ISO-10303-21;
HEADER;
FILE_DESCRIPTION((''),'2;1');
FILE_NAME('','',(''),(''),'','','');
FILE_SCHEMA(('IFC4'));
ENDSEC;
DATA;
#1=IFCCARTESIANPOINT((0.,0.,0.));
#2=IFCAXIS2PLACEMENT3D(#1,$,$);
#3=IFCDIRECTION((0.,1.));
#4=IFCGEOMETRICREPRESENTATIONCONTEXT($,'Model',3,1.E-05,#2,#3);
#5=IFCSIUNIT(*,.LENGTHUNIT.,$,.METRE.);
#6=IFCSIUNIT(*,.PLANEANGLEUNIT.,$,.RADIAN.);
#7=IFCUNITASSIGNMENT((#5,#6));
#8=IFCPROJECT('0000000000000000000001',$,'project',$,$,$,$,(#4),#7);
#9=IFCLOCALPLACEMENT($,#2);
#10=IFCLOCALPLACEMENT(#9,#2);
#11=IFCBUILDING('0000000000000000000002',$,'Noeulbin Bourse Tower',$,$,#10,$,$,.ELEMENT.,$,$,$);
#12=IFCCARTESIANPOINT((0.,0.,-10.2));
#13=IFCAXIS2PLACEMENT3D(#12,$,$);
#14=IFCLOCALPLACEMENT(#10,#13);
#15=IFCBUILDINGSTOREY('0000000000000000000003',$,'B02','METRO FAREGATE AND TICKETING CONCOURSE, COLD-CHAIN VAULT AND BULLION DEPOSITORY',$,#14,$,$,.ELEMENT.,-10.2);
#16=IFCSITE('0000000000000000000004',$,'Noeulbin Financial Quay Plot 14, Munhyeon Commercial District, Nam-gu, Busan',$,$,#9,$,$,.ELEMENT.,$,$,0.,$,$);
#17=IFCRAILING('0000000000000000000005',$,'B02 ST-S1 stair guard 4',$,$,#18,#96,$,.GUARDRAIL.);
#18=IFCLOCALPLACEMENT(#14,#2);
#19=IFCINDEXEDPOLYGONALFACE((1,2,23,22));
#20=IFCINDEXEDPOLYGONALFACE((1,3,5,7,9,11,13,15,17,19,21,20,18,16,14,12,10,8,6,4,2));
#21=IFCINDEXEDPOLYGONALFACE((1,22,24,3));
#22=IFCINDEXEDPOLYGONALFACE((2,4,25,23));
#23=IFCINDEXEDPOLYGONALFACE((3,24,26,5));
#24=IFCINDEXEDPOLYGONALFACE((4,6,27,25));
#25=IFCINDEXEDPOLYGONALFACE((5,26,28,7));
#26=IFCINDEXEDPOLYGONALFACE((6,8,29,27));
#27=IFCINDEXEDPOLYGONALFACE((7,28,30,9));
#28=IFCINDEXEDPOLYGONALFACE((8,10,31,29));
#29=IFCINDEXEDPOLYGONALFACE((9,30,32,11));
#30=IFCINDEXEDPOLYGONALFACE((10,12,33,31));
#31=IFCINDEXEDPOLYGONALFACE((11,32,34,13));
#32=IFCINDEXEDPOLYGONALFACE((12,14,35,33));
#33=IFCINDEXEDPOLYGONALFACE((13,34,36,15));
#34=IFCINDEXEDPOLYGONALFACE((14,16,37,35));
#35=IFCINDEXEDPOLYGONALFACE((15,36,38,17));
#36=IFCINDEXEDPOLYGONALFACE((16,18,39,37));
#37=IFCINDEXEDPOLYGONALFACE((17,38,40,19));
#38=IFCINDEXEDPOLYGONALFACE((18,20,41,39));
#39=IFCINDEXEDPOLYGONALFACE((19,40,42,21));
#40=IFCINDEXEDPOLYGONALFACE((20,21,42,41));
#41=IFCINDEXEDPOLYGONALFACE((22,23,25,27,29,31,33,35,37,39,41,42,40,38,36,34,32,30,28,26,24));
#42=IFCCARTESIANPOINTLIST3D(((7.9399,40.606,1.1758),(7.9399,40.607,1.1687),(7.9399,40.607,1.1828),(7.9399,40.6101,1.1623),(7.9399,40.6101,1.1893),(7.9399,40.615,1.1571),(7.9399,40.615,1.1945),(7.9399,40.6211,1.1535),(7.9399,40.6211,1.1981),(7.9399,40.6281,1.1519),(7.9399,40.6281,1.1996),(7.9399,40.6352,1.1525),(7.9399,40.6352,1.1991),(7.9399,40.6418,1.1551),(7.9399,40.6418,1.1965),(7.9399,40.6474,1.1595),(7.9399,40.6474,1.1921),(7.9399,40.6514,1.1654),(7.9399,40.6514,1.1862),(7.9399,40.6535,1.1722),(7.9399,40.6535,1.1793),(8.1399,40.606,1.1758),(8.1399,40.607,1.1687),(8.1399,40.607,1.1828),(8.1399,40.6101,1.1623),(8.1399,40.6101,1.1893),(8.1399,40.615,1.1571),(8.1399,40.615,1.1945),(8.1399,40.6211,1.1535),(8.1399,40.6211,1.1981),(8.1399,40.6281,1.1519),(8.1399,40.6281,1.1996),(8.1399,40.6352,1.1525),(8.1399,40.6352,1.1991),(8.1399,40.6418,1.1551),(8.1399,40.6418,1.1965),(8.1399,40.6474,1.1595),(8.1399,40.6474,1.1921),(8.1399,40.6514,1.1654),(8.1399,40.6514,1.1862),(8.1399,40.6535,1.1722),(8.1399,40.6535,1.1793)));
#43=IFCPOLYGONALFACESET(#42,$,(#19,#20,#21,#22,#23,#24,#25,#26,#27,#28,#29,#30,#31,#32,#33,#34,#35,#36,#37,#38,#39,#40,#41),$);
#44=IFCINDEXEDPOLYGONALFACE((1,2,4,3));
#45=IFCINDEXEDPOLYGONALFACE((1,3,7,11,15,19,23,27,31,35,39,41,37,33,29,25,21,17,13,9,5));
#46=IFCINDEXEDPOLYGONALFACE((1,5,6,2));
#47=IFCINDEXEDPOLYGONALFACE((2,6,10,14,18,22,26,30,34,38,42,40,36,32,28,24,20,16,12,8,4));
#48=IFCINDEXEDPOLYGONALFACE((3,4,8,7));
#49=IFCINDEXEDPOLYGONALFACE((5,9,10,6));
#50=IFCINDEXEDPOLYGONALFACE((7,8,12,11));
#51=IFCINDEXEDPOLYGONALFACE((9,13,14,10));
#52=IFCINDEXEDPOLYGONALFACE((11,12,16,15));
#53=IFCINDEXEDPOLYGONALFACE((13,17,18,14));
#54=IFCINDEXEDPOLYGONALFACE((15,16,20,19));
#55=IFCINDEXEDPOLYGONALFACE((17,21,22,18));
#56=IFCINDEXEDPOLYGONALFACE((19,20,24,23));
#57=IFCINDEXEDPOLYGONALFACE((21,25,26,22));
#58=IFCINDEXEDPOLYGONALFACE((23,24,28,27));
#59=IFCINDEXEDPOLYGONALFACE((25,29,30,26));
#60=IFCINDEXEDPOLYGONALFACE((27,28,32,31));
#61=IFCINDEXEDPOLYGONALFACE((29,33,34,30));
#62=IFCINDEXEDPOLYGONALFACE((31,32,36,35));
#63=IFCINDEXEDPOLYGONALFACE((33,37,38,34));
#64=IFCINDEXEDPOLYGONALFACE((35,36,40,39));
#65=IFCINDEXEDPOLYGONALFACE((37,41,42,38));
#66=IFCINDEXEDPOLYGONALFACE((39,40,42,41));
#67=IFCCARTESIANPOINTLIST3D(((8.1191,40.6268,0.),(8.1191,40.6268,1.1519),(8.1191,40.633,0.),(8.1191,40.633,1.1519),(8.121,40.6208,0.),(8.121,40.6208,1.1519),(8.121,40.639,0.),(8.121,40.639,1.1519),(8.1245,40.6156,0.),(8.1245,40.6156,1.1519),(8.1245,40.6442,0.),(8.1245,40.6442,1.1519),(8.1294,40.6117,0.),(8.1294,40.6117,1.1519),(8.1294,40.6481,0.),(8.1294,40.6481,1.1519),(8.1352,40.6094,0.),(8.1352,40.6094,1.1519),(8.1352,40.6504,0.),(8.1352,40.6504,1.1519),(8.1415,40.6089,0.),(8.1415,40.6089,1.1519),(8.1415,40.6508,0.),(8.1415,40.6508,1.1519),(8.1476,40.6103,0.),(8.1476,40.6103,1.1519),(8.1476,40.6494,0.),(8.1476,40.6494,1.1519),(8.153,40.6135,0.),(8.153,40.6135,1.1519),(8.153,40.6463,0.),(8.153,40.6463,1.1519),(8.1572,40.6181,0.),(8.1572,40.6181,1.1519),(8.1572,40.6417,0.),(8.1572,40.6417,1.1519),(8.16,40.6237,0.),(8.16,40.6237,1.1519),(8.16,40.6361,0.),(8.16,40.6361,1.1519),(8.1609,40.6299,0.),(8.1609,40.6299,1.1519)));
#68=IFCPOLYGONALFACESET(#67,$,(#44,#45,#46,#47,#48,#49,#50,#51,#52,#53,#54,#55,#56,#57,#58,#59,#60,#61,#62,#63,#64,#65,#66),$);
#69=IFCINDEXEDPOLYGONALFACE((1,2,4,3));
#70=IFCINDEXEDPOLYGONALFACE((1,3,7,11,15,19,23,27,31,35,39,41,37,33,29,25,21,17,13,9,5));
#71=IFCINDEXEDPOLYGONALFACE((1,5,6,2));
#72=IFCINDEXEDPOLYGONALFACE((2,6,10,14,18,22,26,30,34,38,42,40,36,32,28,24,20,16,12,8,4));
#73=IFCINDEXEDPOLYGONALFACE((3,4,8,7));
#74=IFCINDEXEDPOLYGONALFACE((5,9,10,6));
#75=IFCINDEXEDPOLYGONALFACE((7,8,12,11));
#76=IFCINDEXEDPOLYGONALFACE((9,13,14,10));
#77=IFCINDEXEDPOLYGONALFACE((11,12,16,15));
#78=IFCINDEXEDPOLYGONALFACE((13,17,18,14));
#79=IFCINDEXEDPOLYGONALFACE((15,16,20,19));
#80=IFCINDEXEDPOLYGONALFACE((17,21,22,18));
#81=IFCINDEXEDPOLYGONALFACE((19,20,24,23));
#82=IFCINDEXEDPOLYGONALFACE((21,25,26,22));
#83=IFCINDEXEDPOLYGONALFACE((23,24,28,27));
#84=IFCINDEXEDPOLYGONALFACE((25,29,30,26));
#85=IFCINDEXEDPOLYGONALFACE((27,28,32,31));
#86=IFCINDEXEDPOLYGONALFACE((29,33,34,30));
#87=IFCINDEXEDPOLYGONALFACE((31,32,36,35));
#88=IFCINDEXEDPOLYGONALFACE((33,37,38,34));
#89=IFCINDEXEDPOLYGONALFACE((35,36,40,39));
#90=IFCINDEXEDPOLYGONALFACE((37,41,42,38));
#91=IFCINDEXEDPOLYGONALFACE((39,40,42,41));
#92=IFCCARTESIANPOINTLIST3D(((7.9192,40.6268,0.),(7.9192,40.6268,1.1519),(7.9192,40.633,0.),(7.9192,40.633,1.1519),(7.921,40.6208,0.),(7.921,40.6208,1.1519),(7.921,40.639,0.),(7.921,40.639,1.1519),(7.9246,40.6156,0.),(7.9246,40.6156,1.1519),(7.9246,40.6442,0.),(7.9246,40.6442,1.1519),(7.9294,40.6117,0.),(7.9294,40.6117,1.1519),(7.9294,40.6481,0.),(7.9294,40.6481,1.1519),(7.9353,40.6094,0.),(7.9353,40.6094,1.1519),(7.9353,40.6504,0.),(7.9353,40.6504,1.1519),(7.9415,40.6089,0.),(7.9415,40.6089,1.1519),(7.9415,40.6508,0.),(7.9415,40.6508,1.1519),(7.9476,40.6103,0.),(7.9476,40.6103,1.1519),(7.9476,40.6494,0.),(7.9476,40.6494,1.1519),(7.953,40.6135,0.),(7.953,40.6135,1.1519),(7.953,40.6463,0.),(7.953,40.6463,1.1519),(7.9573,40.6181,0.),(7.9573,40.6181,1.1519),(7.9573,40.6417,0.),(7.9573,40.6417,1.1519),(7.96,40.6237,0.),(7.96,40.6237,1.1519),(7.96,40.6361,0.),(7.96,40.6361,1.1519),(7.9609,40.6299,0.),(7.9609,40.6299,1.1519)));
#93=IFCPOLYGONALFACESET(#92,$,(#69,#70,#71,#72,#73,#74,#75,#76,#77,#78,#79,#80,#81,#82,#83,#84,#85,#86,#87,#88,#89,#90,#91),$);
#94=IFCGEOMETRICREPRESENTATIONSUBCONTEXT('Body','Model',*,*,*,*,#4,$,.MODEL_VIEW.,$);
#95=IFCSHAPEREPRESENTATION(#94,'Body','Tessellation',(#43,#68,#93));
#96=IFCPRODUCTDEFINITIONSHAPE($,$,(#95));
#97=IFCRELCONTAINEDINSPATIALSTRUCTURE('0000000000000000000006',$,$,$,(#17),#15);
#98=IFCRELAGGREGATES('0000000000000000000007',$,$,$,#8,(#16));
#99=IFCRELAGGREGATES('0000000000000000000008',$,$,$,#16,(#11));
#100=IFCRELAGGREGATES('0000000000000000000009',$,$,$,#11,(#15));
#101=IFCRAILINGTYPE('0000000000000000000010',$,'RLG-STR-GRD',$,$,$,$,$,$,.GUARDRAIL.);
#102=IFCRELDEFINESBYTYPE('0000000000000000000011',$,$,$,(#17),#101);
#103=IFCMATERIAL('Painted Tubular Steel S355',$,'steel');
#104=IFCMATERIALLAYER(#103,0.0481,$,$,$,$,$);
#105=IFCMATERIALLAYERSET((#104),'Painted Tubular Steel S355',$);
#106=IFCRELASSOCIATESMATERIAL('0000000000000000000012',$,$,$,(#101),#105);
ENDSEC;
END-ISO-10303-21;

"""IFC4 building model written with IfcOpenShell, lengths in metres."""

from ifc_helpers import new_model, si_unit, direction, frame, origin, origin_2d, place, context, subcontext, project, spatial, circle, extrude, material, layer, layer_set, type_object, element, save


model = new_model("IFC4")

# Units and contexts
model_context = context("Model", 3, precision=1e-05, world=origin(), true_north=direction((0.0, 1.0)))
body_context = subcontext(model_context, "Body", "Model", "MODEL_VIEW")
ifc_project = project(units=[si_unit("LENGTHUNIT", "METRE"), si_unit("PLANEANGLEUNIT", "RADIAN")], contexts=[model_context])

# Site, building, storey
site_placement = place(None, origin())
site = spatial("IfcSite", under=ifc_project, at=site_placement, Name="Noeulbin Financial Quay Plot 14, Munhyeon Commercial District, Nam-gu, Busan", CompositionType="ELEMENT", RefElevation=0.0)
building_placement = place(site_placement, origin())
building = spatial("IfcBuilding", under=site, at=building_placement, Name="Noeulbin Bourse Tower", CompositionType="ELEMENT")
storey_placement = place(building_placement, frame((0.0, 0.0, -10.2)))
storey = spatial("IfcBuildingStorey", under=building, at=storey_placement, Name="B02", Description="METRO FAREGATE AND TICKETING CONCOURSE, COLD-CHAIN VAULT AND BULLION DEPOSITORY", CompositionType="ELEMENT", Elevation=-10.2)

# Railing
ifc_material_1 = material(Name="Painted Tubular Steel S355", Category="steel")
ifc_layer_1 = layer(ifc_material_1, 0.0481)
ifc_layer_set_1 = layer_set([ifc_layer_1], Name="Painted Tubular Steel S355")
railing_type_1 = type_object("IfcRailingType", Name="RLG-STR-GRD", PredefinedType="GUARDRAIL", material=ifc_layer_set_1)
railing_1_placement = place(storey_placement, frame((8.1399, 40.6299, 0.0)))
element("IfcRailing", 1, at=railing_1_placement, inside=storey, type_object=railing_type_1, Name="B02 ST-S1 stair guard 4", PredefinedType="GUARDRAIL", context=body_context, shape_type="SweptSolid", body=[
    extrude(circle(Radius=0.0239, at=origin_2d()), frame((0.0, 0.0, 1.1758), z_axis=(-1.0, 0.0, 0.0), x_axis=(0.0, -1.0, 0.0)), (0.0, 0.0, 1.0), 0.2),
    extrude(circle(Radius=0.021, at=origin_2d()), origin(), (0.0, 0.0, 1.0), 1.1519),
    extrude(circle(Radius=0.021, at=origin_2d()), frame((-0.2, 0.0, 0.0)), (0.0, 0.0, 1.0), 1.1519),
])

save(model, "model.ifc")
